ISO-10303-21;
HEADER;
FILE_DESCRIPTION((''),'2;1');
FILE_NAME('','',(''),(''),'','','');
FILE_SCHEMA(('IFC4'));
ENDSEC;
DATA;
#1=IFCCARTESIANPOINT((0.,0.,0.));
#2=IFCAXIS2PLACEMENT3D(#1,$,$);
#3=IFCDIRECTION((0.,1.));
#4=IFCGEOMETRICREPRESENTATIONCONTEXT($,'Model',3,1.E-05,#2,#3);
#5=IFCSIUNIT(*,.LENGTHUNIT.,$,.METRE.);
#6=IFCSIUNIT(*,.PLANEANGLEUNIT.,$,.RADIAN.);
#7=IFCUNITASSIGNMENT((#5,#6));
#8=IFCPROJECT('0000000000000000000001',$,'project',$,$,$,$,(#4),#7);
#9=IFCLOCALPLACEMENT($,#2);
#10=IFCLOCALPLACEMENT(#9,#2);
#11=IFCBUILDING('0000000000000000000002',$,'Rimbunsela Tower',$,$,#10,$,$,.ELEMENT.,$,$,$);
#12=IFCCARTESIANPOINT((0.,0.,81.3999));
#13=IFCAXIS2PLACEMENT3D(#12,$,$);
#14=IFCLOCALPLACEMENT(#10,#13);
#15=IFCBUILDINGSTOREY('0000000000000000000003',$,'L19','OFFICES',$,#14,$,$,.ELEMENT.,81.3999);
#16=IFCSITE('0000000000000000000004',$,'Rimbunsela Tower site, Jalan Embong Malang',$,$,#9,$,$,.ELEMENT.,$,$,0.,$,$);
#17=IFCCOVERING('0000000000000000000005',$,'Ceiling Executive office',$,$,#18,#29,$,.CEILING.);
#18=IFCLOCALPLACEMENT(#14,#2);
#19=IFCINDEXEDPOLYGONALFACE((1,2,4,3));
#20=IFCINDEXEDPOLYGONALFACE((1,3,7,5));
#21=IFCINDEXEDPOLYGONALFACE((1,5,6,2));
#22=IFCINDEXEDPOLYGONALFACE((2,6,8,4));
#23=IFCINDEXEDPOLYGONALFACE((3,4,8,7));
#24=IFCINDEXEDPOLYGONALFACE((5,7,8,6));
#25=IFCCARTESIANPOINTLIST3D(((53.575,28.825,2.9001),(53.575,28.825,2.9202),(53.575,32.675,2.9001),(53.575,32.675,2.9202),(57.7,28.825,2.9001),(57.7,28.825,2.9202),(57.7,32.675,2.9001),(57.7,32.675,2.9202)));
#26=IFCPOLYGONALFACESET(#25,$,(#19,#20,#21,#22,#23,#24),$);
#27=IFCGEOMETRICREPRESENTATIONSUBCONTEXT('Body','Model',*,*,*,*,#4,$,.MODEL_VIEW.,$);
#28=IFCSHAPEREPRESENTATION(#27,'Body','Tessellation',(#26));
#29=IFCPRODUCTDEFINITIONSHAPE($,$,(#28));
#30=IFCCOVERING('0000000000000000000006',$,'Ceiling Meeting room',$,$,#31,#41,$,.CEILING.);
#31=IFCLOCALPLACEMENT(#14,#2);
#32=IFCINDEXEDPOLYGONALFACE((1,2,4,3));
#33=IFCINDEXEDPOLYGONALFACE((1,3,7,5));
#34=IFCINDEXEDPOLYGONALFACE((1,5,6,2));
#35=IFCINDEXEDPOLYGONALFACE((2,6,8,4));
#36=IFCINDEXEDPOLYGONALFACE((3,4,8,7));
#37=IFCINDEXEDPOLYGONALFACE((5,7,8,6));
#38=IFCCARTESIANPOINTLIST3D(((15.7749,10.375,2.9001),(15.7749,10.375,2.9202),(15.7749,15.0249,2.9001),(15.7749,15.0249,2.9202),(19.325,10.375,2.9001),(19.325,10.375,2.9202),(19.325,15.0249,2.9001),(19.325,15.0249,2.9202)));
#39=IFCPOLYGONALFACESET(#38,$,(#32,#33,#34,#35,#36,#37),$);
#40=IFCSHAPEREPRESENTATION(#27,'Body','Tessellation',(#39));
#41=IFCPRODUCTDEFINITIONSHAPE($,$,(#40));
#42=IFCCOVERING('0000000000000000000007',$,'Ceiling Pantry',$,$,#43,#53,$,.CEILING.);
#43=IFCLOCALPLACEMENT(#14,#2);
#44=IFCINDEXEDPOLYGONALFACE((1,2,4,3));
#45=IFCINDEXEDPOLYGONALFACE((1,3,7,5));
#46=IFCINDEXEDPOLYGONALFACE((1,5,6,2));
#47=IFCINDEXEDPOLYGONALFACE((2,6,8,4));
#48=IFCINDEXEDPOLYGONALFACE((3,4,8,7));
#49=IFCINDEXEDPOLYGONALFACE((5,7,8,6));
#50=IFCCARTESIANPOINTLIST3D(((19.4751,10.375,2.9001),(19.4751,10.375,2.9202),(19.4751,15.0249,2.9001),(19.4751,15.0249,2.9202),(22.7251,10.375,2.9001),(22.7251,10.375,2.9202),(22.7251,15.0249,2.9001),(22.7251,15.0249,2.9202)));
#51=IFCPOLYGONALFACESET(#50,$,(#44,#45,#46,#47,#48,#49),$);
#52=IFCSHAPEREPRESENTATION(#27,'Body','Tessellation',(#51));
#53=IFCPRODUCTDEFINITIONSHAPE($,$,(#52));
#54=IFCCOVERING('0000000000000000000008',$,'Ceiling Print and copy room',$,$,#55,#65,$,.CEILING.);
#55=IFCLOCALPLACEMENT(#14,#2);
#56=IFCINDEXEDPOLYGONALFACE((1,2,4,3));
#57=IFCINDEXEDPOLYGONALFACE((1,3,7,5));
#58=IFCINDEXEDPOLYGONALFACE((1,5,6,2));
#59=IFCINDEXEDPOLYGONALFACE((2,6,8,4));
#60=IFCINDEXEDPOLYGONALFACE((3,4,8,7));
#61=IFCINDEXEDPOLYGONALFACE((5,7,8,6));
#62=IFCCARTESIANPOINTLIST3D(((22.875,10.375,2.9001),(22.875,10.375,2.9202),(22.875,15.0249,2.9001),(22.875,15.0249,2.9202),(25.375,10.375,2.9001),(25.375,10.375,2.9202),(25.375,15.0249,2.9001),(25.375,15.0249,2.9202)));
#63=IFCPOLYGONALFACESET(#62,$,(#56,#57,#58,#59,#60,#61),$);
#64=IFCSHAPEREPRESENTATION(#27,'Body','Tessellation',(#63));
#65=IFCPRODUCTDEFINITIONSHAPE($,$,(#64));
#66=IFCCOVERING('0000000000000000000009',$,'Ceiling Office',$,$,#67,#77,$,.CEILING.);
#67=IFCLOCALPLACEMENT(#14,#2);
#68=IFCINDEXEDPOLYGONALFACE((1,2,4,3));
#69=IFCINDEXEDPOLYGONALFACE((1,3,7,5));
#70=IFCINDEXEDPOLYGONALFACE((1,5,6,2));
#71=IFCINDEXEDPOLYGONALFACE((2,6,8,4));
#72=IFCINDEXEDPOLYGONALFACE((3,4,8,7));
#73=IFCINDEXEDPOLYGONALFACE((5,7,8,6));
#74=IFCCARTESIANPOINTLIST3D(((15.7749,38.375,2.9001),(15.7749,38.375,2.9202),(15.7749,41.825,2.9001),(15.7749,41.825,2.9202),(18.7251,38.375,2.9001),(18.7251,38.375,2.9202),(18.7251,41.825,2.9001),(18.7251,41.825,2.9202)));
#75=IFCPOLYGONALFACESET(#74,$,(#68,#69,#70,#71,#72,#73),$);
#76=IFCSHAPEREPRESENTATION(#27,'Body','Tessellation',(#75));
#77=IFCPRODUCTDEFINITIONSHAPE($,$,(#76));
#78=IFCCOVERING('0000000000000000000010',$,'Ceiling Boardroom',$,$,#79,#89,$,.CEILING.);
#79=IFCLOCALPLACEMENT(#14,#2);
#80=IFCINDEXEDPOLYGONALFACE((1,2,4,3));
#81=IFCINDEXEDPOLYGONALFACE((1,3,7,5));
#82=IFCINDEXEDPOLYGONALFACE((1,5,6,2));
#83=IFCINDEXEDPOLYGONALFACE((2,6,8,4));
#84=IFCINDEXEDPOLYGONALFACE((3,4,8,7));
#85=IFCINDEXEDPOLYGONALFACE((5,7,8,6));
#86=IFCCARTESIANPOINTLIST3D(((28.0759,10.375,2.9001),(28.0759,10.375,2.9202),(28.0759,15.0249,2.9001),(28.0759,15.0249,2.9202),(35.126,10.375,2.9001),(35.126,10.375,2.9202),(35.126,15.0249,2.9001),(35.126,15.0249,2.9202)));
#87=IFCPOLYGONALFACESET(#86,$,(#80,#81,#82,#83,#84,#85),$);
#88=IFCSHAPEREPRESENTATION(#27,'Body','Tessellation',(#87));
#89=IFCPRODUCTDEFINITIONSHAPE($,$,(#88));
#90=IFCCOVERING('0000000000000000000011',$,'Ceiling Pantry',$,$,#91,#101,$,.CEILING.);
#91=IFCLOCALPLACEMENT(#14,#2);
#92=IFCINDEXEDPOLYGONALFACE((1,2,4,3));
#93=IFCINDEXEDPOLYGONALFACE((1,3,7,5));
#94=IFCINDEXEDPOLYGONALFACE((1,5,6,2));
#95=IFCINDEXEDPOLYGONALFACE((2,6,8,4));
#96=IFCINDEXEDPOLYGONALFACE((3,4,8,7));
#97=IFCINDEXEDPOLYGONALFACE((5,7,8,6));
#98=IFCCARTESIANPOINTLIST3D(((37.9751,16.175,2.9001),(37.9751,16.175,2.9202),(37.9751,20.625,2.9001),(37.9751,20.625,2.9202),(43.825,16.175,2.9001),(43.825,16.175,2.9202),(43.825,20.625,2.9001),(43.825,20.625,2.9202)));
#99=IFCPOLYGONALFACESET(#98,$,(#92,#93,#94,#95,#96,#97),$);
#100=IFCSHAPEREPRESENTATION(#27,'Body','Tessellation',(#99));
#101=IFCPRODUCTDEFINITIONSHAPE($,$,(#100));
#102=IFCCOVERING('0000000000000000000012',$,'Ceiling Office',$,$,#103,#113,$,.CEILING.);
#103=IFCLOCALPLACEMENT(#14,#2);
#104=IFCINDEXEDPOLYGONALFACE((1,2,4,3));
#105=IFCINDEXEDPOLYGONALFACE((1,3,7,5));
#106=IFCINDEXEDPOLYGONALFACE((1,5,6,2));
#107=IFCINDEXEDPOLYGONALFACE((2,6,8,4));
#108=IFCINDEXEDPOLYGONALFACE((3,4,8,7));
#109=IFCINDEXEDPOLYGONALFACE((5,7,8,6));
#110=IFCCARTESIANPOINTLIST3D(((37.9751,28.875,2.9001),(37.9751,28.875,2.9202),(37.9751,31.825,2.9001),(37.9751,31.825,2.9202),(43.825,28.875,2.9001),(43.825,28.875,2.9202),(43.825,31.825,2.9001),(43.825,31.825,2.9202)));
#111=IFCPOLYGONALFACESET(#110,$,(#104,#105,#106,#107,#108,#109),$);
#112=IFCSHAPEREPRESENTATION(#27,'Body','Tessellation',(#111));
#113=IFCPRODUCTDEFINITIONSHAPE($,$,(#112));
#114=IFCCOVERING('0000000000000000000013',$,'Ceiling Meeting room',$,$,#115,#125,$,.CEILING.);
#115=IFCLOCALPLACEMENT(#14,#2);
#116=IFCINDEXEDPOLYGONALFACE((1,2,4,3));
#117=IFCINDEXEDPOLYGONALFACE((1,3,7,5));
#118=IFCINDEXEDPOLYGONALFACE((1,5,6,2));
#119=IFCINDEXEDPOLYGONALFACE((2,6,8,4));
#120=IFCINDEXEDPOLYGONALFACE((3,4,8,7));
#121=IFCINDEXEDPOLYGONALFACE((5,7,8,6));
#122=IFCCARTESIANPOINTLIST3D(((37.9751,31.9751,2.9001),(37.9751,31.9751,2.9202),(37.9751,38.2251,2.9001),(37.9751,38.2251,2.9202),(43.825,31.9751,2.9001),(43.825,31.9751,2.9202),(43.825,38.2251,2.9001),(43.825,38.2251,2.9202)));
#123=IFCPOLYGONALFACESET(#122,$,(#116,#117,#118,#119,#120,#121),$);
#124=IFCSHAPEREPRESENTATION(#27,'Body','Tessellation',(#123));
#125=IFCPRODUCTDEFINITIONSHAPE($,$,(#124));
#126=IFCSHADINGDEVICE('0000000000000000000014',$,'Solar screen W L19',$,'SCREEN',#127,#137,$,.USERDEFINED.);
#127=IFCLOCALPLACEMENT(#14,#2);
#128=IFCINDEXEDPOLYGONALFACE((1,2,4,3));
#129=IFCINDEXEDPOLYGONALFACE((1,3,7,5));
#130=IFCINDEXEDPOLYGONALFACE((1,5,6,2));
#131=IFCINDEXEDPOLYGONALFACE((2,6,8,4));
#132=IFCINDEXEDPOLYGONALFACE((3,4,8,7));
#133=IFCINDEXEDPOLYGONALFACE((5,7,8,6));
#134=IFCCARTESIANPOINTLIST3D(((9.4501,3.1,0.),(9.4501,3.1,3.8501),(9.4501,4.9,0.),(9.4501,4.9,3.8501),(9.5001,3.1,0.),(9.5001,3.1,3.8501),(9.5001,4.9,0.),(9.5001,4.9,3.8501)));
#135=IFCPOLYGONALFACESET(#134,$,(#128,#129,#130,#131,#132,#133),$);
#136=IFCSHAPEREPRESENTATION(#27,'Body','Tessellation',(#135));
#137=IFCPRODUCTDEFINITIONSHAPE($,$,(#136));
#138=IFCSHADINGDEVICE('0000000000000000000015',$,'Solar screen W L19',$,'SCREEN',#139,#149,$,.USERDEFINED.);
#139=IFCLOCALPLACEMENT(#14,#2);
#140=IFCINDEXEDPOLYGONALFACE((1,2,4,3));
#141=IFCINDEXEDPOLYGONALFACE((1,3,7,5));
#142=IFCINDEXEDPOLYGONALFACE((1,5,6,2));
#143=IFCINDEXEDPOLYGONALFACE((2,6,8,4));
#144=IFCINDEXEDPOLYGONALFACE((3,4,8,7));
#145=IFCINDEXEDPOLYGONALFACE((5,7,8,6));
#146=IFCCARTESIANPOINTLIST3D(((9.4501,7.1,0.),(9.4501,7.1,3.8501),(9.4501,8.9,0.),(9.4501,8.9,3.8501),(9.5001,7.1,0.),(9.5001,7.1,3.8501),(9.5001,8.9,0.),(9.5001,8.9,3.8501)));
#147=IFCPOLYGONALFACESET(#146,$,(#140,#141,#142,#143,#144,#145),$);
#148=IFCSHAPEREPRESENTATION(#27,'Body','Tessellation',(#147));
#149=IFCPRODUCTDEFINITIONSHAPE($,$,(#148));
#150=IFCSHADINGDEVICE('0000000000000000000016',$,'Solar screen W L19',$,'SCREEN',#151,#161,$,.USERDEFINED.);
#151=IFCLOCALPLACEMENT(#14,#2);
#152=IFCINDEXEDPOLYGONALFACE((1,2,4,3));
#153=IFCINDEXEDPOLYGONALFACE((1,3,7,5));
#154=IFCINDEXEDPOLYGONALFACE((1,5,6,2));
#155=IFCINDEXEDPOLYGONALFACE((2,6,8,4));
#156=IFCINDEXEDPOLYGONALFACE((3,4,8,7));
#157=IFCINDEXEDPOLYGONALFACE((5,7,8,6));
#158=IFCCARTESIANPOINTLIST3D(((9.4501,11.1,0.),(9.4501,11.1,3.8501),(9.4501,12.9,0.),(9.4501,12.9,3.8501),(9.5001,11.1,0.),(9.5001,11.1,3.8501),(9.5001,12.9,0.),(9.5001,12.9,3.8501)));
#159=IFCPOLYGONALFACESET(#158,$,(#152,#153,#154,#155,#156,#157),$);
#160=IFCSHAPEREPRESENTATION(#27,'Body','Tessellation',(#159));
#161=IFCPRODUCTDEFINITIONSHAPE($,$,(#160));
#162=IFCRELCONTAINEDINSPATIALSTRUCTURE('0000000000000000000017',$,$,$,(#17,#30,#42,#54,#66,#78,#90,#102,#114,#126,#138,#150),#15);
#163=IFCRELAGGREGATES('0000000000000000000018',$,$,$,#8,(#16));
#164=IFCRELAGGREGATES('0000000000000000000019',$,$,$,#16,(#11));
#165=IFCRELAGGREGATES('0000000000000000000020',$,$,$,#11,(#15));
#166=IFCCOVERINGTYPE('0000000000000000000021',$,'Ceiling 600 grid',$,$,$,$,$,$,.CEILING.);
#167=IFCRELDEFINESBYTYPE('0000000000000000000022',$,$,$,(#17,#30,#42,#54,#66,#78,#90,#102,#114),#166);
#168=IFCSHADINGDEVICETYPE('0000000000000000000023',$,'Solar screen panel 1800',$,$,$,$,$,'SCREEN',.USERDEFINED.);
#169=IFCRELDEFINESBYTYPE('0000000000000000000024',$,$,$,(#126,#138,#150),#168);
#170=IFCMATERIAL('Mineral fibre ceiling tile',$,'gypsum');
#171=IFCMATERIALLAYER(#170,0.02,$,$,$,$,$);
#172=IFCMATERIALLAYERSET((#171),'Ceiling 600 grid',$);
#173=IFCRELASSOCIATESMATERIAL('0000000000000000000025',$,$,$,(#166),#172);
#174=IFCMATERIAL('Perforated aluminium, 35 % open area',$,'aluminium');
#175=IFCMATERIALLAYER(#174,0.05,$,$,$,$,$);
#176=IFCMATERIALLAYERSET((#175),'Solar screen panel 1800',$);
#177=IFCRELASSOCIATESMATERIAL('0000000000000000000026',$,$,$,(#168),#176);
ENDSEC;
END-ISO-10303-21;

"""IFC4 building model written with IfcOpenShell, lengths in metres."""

from ifc_helpers import new_model, si_unit, direction, frame, origin, origin_2d, place, context, subcontext, project, spatial, polyline, rectangle, outline, extrude, material, layer, layer_set, type_object, element, save


model = new_model("IFC4")

# Units and contexts
model_context = context("Model", 3, precision=1e-05, world=origin(), true_north=direction((0.0, 1.0)))
body_context = subcontext(model_context, "Body", "Model", "MODEL_VIEW")
ifc_project = project(units=[si_unit("LENGTHUNIT", "METRE"), si_unit("PLANEANGLEUNIT", "RADIAN")], contexts=[model_context])

# Site, building, storey
site_placement = place(None, origin())
site = spatial("IfcSite", under=ifc_project, at=site_placement, Name="Rimbunsela Tower site, Jalan Embong Malang", CompositionType="ELEMENT", RefElevation=0.0)
building_placement = place(site_placement, origin())
building = spatial("IfcBuilding", under=site, at=building_placement, Name="Rimbunsela Tower", CompositionType="ELEMENT")
storey_placement = place(building_placement, frame((0.0, 0.0, 81.3999)))
storey = spatial("IfcBuildingStorey", under=building, at=storey_placement, Name="L19", Description="OFFICES", CompositionType="ELEMENT", Elevation=81.3999)

# Coverings
ifc_material_1 = material(Name="Mineral fibre ceiling tile", Category="gypsum")
ifc_layer_1 = layer(ifc_material_1, 0.02)
ifc_layer_set_1 = layer_set([ifc_layer_1], Name="Ceiling 600 grid")
covering_type_1 = type_object("IfcCoveringType", Name="Ceiling 600 grid", PredefinedType="CEILING", material=ifc_layer_set_1)
covering_1_placement = place(storey_placement, frame((0.0, 0.0, 2.9001)))
element("IfcCovering", 1, at=covering_1_placement, inside=storey, type_object=covering_type_1, Name="Ceiling Executive office", PredefinedType="CEILING", context=body_context, shape_type="SweptSolid", body=[
    extrude(outline(polyline([(57.7, 28.825), (57.7, 32.675), (53.575, 32.675), (53.575, 28.825), (57.7, 28.825)])), origin(), (0.0, 0.0, 1.0), 0.02),
])
covering_2_placement = place(storey_placement, frame((0.0, 0.0, 2.9001)))
element("IfcCovering", 2, at=covering_2_placement, inside=storey, type_object=covering_type_1, Name="Ceiling Meeting room", PredefinedType="CEILING", context=body_context, shape_type="SweptSolid", body=[
    extrude(outline(polyline([(19.325, 10.375), (19.325, 15.0249), (15.7749, 15.0249), (15.7749, 10.375), (19.325, 10.375)])), origin(), (0.0, 0.0, 1.0), 0.02),
])
covering_3_placement = place(storey_placement, frame((0.0, 0.0, 2.9001)))
element("IfcCovering", 3, at=covering_3_placement, inside=storey, type_object=covering_type_1, Name="Ceiling Pantry", PredefinedType="CEILING", context=body_context, shape_type="SweptSolid", body=[
    extrude(outline(polyline([(22.7251, 10.375), (22.7251, 15.0249), (19.4751, 15.0249), (19.4751, 10.375), (22.7251, 10.375)])), origin(), (0.0, 0.0, 1.0), 0.02),
])
covering_4_placement = place(storey_placement, frame((0.0, 0.0, 2.9001)))
element("IfcCovering", 4, at=covering_4_placement, inside=storey, type_object=covering_type_1, Name="Ceiling Print and copy room", PredefinedType="CEILING", context=body_context, shape_type="SweptSolid", body=[
    extrude(outline(polyline([(25.375, 10.375), (25.375, 15.0249), (22.875, 15.0249), (22.875, 10.375), (25.375, 10.375)])), origin(), (0.0, 0.0, 1.0), 0.02),
])
covering_5_placement = place(storey_placement, frame((0.0, 0.0, 2.9001)))
element("IfcCovering", 5, at=covering_5_placement, inside=storey, type_object=covering_type_1, Name="Ceiling Office", PredefinedType="CEILING", context=body_context, shape_type="SweptSolid", body=[
    extrude(outline(polyline([(18.7251, 38.375), (18.7251, 41.825), (15.7749, 41.825), (15.7749, 38.375), (18.7251, 38.375)])), origin(), (0.0, 0.0, 1.0), 0.02),
])
covering_6_placement = place(storey_placement, frame((0.0, 0.0, 2.9001)))
element("IfcCovering", 6, at=covering_6_placement, inside=storey, type_object=covering_type_1, Name="Ceiling Boardroom", PredefinedType="CEILING", context=body_context, shape_type="SweptSolid", body=[
    extrude(outline(polyline([(35.126, 10.375), (35.126, 15.0249), (28.0759, 15.0249), (28.0759, 10.375), (35.126, 10.375)])), origin(), (0.0, 0.0, 1.0), 0.02),
])
covering_7_placement = place(storey_placement, frame((0.0, 0.0, 2.9001)))
element("IfcCovering", 7, at=covering_7_placement, inside=storey, type_object=covering_type_1, Name="Ceiling Pantry", PredefinedType="CEILING", context=body_context, shape_type="SweptSolid", body=[
    extrude(outline(polyline([(43.825, 16.175), (43.825, 20.625), (37.9751, 20.625), (37.9751, 16.175), (43.825, 16.175)])), origin(), (0.0, 0.0, 1.0), 0.02),
])
covering_8_placement = place(storey_placement, frame((0.0, 0.0, 2.9001)))
element("IfcCovering", 8, at=covering_8_placement, inside=storey, type_object=covering_type_1, Name="Ceiling Office", PredefinedType="CEILING", context=body_context, shape_type="SweptSolid", body=[
    extrude(outline(polyline([(43.825, 28.875), (43.825, 31.825), (37.9751, 31.825), (37.9751, 28.875), (43.825, 28.875)])), origin(), (0.0, 0.0, 1.0), 0.02),
])
covering_9_placement = place(storey_placement, frame((0.0, 0.0, 2.9001)))
element("IfcCovering", 9, at=covering_9_placement, inside=storey, type_object=covering_type_1, Name="Ceiling Meeting room", PredefinedType="CEILING", context=body_context, shape_type="SweptSolid", body=[
    extrude(outline(polyline([(43.825, 31.9751), (43.825, 38.2251), (37.9751, 38.2251), (37.9751, 31.9751), (43.825, 31.9751)])), origin(), (0.0, 0.0, 1.0), 0.02),
])

# Shading devices
ifc_material_2 = material(Name="Perforated aluminium, 35 % open area", Category="aluminium")
ifc_layer_2 = layer(ifc_material_2, 0.05)
ifc_layer_set_2 = layer_set([ifc_layer_2], Name="Solar screen panel 1800")
shading_device_type = type_object("IfcShadingDeviceType", Name="Solar screen panel 1800", ElementType="SCREEN", PredefinedType="USERDEFINED", material=ifc_layer_set_2)
for number, where, z_axis, x_axis, name in (
    (10, (9.4751, 4.0, 0.0), (0.0, 0.0, 1.0), (0.0, 1.0, 0.0), "Solar screen W L19"),
    (11, (9.4751, 8.0, 0.0), (0.0, 0.0, 1.0), (0.0, 1.0, 0.0), "Solar screen W L19"),
    (12, (9.4751, 12.0, 0.0), (0.0, 0.0, 1.0), (0.0, 1.0, 0.0), "Solar screen W L19"),
):
    element("IfcShadingDevice", number, at=place(storey_placement, frame(where, z_axis=z_axis, x_axis=x_axis)), inside=storey, type_object=shading_device_type, Name=name, ObjectType="SCREEN", PredefinedType="USERDEFINED", context=body_context, shape_type="SweptSolid", body=[
        extrude(rectangle(XDim=1.8, YDim=0.05, at=origin_2d()), origin(), (0.0, 0.0, 1.0), 3.8501),
    ])

save(model, "model.ifc")
